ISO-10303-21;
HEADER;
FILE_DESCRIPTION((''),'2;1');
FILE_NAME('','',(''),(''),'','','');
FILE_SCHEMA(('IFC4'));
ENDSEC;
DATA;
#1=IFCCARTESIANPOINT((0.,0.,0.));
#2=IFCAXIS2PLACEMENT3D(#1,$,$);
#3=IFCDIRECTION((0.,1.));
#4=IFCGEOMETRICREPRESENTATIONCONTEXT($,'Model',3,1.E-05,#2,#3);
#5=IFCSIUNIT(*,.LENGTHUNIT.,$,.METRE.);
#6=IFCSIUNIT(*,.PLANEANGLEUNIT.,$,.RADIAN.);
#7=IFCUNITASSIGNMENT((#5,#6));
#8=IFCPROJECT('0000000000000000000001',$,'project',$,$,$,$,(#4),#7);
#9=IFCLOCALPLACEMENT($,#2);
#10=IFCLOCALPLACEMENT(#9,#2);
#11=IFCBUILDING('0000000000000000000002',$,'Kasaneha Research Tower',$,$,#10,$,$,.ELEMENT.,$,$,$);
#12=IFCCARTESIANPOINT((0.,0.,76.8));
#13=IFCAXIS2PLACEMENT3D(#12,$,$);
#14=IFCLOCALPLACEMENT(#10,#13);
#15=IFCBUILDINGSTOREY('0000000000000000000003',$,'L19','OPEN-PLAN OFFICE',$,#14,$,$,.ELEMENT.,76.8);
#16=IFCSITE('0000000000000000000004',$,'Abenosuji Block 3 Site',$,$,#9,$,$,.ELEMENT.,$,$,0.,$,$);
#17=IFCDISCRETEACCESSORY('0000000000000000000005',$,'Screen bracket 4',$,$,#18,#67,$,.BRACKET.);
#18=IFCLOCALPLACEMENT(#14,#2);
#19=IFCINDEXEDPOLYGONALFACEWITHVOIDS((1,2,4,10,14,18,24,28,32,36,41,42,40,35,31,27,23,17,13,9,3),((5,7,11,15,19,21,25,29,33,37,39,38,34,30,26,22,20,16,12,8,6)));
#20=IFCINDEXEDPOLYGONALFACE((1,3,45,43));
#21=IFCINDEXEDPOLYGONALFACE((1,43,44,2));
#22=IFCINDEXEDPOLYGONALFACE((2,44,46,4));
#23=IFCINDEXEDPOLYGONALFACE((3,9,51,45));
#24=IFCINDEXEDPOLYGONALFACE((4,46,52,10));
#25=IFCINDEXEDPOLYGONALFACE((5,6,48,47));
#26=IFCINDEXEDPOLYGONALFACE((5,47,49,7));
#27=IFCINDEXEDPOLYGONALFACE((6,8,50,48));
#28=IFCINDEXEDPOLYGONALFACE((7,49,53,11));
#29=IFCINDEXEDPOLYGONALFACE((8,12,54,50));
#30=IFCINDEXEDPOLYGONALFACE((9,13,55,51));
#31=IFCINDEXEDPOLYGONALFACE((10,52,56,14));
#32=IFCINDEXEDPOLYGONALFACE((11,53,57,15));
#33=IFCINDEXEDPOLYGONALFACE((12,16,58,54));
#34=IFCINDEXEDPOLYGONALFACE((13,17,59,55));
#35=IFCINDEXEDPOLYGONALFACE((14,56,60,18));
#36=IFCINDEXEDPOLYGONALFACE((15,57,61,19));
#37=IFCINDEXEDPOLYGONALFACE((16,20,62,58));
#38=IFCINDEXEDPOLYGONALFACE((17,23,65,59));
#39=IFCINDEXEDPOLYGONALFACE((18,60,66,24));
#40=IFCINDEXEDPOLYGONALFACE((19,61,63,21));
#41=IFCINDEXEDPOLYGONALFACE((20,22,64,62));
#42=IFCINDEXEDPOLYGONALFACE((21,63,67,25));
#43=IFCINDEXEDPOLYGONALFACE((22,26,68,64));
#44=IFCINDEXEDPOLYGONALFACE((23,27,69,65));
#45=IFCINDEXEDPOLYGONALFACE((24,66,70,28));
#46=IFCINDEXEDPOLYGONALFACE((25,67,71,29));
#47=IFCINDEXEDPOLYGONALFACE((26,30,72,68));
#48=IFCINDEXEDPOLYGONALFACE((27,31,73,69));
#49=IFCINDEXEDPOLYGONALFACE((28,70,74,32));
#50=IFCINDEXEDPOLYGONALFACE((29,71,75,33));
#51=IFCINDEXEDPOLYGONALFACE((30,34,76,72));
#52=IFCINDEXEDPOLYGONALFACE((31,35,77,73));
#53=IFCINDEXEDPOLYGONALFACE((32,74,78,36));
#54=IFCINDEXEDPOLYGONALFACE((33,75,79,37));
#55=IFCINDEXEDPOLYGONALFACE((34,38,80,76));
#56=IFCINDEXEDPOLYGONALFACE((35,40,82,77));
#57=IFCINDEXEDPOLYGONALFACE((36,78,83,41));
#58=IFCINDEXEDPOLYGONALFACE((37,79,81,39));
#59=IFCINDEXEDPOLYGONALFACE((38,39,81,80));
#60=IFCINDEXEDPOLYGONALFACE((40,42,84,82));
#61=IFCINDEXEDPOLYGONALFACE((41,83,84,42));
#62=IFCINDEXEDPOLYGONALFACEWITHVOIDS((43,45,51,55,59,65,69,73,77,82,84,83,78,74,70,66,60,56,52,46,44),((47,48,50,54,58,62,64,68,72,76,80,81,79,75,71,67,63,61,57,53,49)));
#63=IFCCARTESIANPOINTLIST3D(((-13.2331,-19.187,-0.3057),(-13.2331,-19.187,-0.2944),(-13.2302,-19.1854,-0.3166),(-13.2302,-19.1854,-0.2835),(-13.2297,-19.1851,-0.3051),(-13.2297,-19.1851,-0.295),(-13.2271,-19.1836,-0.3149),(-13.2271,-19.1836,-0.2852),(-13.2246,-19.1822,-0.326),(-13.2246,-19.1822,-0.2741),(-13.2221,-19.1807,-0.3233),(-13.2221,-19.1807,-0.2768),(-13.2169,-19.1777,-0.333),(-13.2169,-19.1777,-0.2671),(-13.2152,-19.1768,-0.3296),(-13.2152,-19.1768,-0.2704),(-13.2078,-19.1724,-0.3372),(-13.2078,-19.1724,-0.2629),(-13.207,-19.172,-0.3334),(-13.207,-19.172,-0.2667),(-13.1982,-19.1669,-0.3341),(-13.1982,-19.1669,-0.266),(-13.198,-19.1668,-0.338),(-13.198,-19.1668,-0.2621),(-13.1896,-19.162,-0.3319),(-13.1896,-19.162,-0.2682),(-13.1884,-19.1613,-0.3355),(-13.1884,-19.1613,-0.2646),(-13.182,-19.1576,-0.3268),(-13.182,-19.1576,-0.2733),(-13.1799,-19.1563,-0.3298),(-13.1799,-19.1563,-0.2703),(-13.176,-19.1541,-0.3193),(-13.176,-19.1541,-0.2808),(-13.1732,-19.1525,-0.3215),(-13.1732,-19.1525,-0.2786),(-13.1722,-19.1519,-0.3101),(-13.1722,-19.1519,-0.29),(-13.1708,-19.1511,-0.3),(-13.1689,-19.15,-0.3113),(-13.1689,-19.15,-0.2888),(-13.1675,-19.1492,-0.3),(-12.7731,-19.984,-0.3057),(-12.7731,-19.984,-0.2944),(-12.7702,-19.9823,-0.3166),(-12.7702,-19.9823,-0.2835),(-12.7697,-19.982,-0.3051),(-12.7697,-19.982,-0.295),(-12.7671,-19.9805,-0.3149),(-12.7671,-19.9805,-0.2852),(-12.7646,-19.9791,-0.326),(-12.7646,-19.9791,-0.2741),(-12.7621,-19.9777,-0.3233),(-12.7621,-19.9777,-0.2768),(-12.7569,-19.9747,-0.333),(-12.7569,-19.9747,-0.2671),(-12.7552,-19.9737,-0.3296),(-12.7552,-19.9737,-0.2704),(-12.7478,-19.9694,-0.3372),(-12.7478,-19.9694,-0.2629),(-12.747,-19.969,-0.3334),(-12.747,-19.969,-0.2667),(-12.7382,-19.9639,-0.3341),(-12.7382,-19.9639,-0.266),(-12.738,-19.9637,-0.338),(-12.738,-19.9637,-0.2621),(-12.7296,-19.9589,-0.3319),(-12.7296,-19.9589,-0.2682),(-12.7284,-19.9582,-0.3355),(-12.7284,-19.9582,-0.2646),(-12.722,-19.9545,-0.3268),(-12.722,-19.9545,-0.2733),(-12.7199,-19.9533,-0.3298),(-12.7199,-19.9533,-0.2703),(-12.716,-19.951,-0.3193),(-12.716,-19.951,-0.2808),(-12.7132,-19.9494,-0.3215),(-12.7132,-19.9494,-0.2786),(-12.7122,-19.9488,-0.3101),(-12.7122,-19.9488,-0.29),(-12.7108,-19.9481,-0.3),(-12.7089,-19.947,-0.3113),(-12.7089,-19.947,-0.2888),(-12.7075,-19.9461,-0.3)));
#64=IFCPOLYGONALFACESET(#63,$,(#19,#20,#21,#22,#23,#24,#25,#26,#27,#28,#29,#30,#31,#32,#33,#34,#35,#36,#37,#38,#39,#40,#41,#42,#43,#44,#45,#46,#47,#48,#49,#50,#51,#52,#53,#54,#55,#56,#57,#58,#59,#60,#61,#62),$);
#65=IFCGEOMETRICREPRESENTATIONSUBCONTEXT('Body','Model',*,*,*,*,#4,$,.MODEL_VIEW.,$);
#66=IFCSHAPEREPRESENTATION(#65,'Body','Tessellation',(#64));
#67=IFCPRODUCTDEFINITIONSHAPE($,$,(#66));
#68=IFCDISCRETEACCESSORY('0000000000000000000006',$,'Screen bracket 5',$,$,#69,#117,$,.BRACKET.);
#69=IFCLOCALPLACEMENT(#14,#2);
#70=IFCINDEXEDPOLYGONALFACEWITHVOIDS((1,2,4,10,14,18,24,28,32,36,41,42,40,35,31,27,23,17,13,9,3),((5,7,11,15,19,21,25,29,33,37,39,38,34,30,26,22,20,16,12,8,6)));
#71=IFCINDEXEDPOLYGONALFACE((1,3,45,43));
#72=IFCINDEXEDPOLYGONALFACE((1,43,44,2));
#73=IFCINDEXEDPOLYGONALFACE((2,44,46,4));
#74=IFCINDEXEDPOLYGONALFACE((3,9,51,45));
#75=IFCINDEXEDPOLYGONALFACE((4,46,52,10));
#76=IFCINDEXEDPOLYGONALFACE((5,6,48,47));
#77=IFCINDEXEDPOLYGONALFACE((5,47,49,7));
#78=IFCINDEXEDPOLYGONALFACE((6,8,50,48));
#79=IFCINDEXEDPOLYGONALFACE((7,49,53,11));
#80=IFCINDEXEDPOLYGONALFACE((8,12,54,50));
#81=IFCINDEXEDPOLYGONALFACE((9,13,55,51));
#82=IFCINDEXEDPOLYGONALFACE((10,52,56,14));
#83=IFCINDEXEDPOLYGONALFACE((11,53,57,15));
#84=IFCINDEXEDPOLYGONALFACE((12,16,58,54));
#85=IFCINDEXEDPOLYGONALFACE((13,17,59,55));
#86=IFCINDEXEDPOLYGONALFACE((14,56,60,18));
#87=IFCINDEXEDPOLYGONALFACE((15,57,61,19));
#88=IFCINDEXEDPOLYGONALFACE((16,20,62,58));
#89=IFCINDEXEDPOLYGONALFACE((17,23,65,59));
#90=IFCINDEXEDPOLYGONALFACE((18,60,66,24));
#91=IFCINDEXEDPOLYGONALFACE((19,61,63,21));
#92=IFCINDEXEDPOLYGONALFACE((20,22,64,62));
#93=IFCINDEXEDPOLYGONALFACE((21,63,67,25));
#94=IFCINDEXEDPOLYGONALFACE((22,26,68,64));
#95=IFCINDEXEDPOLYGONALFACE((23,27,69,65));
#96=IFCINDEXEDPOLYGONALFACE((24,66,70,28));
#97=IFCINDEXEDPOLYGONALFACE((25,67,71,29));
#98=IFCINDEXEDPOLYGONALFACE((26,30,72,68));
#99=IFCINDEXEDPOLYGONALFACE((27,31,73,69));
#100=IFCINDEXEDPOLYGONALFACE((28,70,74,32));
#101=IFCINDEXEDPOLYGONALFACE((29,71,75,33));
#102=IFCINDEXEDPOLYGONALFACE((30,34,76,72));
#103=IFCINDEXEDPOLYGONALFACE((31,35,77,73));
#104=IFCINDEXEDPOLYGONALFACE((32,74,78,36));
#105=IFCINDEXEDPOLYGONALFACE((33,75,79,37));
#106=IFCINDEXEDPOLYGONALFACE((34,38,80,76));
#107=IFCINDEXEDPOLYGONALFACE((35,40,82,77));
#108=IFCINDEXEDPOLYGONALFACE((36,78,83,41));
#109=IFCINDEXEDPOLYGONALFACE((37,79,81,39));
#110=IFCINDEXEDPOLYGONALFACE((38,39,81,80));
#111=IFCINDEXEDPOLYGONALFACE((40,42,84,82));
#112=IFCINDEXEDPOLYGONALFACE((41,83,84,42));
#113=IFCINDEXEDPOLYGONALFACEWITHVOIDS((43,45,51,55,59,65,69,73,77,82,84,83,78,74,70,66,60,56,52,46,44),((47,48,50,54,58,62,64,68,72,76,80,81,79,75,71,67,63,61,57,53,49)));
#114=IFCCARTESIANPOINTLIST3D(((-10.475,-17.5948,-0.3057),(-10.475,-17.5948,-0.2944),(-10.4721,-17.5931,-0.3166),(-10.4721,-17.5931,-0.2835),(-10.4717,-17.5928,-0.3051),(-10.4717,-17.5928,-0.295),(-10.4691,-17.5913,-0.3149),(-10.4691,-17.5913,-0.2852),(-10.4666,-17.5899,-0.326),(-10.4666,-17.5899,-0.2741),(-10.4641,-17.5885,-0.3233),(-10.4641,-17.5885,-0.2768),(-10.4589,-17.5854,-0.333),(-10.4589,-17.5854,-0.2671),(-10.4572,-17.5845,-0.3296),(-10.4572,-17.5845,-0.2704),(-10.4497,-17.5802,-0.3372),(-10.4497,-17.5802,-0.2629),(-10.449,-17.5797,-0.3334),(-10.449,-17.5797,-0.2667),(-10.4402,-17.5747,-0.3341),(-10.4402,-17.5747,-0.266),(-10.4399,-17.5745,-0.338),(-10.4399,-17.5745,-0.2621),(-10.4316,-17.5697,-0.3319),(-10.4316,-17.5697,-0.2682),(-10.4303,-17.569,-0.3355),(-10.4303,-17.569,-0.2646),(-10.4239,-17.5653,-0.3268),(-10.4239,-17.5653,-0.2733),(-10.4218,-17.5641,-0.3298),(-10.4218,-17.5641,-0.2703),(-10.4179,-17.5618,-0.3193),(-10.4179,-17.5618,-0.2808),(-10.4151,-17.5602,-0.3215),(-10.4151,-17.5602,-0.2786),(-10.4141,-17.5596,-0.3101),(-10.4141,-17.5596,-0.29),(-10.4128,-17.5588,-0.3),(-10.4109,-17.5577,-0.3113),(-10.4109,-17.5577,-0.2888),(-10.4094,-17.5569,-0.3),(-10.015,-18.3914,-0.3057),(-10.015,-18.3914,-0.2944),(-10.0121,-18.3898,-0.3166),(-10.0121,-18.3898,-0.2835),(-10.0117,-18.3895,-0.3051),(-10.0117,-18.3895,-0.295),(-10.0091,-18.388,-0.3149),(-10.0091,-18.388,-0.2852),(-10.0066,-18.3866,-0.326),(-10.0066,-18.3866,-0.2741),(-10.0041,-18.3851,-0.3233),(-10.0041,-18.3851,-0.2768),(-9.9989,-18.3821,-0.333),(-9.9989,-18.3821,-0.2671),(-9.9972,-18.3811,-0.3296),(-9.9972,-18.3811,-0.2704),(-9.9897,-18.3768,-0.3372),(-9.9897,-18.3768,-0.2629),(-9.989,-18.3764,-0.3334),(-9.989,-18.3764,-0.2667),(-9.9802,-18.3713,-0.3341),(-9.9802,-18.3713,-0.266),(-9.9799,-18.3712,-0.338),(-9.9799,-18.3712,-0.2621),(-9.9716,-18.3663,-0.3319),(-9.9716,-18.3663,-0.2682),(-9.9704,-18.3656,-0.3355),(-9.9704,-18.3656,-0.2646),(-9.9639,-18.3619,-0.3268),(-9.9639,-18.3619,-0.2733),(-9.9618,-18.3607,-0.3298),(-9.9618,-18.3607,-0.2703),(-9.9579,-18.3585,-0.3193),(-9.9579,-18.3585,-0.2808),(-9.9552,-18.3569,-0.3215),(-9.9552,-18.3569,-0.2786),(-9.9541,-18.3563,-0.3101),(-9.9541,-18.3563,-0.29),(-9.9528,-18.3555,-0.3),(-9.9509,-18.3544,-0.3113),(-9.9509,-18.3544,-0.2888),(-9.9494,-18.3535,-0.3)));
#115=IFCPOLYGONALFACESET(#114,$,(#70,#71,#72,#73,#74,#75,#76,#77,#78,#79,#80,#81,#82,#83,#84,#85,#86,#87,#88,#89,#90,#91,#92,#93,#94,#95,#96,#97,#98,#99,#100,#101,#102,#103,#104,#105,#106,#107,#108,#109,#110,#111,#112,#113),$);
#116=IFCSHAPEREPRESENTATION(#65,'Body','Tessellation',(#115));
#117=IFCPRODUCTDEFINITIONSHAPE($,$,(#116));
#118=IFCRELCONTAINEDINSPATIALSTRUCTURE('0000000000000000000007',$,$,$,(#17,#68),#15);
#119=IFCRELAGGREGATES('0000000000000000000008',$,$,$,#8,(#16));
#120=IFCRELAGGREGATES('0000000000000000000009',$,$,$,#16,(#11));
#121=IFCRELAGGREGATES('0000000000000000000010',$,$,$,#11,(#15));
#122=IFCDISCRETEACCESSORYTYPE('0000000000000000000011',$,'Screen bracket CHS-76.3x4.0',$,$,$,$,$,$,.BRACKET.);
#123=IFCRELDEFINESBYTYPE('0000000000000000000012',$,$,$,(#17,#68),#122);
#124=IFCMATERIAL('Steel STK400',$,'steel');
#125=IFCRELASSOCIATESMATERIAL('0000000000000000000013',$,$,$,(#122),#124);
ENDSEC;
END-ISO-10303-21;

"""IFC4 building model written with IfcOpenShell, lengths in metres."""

from ifc_helpers import new_model, si_unit, direction, frame, origin, origin_2d, place, context, subcontext, project, spatial, hollow_circle, extrude, material, material_profile, profile_set, type_object, element, save


model = new_model("IFC4")

# Units and contexts
model_context = context("Model", 3, precision=1e-05, world=origin(), true_north=direction((0.0, 1.0)))
body_context = subcontext(model_context, "Body", "Model", "MODEL_VIEW")
ifc_project = project(units=[si_unit("LENGTHUNIT", "METRE"), si_unit("PLANEANGLEUNIT", "RADIAN")], contexts=[model_context])

# Site, building, storey
site_placement = place(None, origin())
site = spatial("IfcSite", under=ifc_project, at=site_placement, Name="Abenosuji Block 3 Site", CompositionType="ELEMENT", RefElevation=0.0)
building_placement = place(site_placement, origin())
building = spatial("IfcBuilding", under=site, at=building_placement, Name="Kasaneha Research Tower", CompositionType="ELEMENT")
storey_placement = place(building_placement, frame((0.0, 0.0, 76.8)))
storey = spatial("IfcBuildingStorey", under=building, at=storey_placement, Name="L19", Description="OPEN-PLAN OFFICE", CompositionType="ELEMENT", Elevation=76.8)

# Discrete accessories
ifc_material_1 = material(Name="Steel STK400", Category="steel")
ifc_material_profile_1 = material_profile(ifc_material_1, hollow_circle(Radius=0.0381, WallThickness=0.0039, at=origin_2d()), Name="CHS-76.3x4.0")
ifc_profile_set_1 = profile_set([ifc_material_profile_1], Name="Steel STK400")
discrete_accessory_type = type_object("IfcDiscreteAccessoryType", Name="Screen bracket CHS-76.3x4.0", PredefinedType="BRACKET", material=ifc_profile_set_1)
discrete_accessory_1_placement = place(storey_placement, frame((-13.2004, -19.1682, -0.3), z_axis=(0.499906, -0.86608, 0.0), x_axis=(0.86608, 0.499906, 0.0)))
element("IfcDiscreteAccessory", 1, at=discrete_accessory_1_placement, inside=storey, type_object=discrete_accessory_type, Name="Screen bracket 4", PredefinedType="BRACKET", context=body_context, shape_type="SweptSolid", body=[
    extrude(hollow_circle(Radius=0.0381, WallThickness=0.0039, at=origin_2d()), origin(), (0.0, 0.0, 1.0), 0.9202),
])
discrete_accessory_2_placement = place(storey_placement, frame((-10.4424, -17.5759, -0.3), z_axis=(0.500021, -0.866013, 0.0), x_axis=(0.866013, 0.500021, 0.0)))
element("IfcDiscreteAccessory", 2, at=discrete_accessory_2_placement, inside=storey, type_object=discrete_accessory_type, Name="Screen bracket 5", PredefinedType="BRACKET", context=body_context, shape_type="SweptSolid", body=[
    extrude(hollow_circle(Radius=0.0381, WallThickness=0.0039, at=origin_2d()), origin(), (0.0, 0.0, 1.0), 0.9199),
])

save(model, "model.ifc")
